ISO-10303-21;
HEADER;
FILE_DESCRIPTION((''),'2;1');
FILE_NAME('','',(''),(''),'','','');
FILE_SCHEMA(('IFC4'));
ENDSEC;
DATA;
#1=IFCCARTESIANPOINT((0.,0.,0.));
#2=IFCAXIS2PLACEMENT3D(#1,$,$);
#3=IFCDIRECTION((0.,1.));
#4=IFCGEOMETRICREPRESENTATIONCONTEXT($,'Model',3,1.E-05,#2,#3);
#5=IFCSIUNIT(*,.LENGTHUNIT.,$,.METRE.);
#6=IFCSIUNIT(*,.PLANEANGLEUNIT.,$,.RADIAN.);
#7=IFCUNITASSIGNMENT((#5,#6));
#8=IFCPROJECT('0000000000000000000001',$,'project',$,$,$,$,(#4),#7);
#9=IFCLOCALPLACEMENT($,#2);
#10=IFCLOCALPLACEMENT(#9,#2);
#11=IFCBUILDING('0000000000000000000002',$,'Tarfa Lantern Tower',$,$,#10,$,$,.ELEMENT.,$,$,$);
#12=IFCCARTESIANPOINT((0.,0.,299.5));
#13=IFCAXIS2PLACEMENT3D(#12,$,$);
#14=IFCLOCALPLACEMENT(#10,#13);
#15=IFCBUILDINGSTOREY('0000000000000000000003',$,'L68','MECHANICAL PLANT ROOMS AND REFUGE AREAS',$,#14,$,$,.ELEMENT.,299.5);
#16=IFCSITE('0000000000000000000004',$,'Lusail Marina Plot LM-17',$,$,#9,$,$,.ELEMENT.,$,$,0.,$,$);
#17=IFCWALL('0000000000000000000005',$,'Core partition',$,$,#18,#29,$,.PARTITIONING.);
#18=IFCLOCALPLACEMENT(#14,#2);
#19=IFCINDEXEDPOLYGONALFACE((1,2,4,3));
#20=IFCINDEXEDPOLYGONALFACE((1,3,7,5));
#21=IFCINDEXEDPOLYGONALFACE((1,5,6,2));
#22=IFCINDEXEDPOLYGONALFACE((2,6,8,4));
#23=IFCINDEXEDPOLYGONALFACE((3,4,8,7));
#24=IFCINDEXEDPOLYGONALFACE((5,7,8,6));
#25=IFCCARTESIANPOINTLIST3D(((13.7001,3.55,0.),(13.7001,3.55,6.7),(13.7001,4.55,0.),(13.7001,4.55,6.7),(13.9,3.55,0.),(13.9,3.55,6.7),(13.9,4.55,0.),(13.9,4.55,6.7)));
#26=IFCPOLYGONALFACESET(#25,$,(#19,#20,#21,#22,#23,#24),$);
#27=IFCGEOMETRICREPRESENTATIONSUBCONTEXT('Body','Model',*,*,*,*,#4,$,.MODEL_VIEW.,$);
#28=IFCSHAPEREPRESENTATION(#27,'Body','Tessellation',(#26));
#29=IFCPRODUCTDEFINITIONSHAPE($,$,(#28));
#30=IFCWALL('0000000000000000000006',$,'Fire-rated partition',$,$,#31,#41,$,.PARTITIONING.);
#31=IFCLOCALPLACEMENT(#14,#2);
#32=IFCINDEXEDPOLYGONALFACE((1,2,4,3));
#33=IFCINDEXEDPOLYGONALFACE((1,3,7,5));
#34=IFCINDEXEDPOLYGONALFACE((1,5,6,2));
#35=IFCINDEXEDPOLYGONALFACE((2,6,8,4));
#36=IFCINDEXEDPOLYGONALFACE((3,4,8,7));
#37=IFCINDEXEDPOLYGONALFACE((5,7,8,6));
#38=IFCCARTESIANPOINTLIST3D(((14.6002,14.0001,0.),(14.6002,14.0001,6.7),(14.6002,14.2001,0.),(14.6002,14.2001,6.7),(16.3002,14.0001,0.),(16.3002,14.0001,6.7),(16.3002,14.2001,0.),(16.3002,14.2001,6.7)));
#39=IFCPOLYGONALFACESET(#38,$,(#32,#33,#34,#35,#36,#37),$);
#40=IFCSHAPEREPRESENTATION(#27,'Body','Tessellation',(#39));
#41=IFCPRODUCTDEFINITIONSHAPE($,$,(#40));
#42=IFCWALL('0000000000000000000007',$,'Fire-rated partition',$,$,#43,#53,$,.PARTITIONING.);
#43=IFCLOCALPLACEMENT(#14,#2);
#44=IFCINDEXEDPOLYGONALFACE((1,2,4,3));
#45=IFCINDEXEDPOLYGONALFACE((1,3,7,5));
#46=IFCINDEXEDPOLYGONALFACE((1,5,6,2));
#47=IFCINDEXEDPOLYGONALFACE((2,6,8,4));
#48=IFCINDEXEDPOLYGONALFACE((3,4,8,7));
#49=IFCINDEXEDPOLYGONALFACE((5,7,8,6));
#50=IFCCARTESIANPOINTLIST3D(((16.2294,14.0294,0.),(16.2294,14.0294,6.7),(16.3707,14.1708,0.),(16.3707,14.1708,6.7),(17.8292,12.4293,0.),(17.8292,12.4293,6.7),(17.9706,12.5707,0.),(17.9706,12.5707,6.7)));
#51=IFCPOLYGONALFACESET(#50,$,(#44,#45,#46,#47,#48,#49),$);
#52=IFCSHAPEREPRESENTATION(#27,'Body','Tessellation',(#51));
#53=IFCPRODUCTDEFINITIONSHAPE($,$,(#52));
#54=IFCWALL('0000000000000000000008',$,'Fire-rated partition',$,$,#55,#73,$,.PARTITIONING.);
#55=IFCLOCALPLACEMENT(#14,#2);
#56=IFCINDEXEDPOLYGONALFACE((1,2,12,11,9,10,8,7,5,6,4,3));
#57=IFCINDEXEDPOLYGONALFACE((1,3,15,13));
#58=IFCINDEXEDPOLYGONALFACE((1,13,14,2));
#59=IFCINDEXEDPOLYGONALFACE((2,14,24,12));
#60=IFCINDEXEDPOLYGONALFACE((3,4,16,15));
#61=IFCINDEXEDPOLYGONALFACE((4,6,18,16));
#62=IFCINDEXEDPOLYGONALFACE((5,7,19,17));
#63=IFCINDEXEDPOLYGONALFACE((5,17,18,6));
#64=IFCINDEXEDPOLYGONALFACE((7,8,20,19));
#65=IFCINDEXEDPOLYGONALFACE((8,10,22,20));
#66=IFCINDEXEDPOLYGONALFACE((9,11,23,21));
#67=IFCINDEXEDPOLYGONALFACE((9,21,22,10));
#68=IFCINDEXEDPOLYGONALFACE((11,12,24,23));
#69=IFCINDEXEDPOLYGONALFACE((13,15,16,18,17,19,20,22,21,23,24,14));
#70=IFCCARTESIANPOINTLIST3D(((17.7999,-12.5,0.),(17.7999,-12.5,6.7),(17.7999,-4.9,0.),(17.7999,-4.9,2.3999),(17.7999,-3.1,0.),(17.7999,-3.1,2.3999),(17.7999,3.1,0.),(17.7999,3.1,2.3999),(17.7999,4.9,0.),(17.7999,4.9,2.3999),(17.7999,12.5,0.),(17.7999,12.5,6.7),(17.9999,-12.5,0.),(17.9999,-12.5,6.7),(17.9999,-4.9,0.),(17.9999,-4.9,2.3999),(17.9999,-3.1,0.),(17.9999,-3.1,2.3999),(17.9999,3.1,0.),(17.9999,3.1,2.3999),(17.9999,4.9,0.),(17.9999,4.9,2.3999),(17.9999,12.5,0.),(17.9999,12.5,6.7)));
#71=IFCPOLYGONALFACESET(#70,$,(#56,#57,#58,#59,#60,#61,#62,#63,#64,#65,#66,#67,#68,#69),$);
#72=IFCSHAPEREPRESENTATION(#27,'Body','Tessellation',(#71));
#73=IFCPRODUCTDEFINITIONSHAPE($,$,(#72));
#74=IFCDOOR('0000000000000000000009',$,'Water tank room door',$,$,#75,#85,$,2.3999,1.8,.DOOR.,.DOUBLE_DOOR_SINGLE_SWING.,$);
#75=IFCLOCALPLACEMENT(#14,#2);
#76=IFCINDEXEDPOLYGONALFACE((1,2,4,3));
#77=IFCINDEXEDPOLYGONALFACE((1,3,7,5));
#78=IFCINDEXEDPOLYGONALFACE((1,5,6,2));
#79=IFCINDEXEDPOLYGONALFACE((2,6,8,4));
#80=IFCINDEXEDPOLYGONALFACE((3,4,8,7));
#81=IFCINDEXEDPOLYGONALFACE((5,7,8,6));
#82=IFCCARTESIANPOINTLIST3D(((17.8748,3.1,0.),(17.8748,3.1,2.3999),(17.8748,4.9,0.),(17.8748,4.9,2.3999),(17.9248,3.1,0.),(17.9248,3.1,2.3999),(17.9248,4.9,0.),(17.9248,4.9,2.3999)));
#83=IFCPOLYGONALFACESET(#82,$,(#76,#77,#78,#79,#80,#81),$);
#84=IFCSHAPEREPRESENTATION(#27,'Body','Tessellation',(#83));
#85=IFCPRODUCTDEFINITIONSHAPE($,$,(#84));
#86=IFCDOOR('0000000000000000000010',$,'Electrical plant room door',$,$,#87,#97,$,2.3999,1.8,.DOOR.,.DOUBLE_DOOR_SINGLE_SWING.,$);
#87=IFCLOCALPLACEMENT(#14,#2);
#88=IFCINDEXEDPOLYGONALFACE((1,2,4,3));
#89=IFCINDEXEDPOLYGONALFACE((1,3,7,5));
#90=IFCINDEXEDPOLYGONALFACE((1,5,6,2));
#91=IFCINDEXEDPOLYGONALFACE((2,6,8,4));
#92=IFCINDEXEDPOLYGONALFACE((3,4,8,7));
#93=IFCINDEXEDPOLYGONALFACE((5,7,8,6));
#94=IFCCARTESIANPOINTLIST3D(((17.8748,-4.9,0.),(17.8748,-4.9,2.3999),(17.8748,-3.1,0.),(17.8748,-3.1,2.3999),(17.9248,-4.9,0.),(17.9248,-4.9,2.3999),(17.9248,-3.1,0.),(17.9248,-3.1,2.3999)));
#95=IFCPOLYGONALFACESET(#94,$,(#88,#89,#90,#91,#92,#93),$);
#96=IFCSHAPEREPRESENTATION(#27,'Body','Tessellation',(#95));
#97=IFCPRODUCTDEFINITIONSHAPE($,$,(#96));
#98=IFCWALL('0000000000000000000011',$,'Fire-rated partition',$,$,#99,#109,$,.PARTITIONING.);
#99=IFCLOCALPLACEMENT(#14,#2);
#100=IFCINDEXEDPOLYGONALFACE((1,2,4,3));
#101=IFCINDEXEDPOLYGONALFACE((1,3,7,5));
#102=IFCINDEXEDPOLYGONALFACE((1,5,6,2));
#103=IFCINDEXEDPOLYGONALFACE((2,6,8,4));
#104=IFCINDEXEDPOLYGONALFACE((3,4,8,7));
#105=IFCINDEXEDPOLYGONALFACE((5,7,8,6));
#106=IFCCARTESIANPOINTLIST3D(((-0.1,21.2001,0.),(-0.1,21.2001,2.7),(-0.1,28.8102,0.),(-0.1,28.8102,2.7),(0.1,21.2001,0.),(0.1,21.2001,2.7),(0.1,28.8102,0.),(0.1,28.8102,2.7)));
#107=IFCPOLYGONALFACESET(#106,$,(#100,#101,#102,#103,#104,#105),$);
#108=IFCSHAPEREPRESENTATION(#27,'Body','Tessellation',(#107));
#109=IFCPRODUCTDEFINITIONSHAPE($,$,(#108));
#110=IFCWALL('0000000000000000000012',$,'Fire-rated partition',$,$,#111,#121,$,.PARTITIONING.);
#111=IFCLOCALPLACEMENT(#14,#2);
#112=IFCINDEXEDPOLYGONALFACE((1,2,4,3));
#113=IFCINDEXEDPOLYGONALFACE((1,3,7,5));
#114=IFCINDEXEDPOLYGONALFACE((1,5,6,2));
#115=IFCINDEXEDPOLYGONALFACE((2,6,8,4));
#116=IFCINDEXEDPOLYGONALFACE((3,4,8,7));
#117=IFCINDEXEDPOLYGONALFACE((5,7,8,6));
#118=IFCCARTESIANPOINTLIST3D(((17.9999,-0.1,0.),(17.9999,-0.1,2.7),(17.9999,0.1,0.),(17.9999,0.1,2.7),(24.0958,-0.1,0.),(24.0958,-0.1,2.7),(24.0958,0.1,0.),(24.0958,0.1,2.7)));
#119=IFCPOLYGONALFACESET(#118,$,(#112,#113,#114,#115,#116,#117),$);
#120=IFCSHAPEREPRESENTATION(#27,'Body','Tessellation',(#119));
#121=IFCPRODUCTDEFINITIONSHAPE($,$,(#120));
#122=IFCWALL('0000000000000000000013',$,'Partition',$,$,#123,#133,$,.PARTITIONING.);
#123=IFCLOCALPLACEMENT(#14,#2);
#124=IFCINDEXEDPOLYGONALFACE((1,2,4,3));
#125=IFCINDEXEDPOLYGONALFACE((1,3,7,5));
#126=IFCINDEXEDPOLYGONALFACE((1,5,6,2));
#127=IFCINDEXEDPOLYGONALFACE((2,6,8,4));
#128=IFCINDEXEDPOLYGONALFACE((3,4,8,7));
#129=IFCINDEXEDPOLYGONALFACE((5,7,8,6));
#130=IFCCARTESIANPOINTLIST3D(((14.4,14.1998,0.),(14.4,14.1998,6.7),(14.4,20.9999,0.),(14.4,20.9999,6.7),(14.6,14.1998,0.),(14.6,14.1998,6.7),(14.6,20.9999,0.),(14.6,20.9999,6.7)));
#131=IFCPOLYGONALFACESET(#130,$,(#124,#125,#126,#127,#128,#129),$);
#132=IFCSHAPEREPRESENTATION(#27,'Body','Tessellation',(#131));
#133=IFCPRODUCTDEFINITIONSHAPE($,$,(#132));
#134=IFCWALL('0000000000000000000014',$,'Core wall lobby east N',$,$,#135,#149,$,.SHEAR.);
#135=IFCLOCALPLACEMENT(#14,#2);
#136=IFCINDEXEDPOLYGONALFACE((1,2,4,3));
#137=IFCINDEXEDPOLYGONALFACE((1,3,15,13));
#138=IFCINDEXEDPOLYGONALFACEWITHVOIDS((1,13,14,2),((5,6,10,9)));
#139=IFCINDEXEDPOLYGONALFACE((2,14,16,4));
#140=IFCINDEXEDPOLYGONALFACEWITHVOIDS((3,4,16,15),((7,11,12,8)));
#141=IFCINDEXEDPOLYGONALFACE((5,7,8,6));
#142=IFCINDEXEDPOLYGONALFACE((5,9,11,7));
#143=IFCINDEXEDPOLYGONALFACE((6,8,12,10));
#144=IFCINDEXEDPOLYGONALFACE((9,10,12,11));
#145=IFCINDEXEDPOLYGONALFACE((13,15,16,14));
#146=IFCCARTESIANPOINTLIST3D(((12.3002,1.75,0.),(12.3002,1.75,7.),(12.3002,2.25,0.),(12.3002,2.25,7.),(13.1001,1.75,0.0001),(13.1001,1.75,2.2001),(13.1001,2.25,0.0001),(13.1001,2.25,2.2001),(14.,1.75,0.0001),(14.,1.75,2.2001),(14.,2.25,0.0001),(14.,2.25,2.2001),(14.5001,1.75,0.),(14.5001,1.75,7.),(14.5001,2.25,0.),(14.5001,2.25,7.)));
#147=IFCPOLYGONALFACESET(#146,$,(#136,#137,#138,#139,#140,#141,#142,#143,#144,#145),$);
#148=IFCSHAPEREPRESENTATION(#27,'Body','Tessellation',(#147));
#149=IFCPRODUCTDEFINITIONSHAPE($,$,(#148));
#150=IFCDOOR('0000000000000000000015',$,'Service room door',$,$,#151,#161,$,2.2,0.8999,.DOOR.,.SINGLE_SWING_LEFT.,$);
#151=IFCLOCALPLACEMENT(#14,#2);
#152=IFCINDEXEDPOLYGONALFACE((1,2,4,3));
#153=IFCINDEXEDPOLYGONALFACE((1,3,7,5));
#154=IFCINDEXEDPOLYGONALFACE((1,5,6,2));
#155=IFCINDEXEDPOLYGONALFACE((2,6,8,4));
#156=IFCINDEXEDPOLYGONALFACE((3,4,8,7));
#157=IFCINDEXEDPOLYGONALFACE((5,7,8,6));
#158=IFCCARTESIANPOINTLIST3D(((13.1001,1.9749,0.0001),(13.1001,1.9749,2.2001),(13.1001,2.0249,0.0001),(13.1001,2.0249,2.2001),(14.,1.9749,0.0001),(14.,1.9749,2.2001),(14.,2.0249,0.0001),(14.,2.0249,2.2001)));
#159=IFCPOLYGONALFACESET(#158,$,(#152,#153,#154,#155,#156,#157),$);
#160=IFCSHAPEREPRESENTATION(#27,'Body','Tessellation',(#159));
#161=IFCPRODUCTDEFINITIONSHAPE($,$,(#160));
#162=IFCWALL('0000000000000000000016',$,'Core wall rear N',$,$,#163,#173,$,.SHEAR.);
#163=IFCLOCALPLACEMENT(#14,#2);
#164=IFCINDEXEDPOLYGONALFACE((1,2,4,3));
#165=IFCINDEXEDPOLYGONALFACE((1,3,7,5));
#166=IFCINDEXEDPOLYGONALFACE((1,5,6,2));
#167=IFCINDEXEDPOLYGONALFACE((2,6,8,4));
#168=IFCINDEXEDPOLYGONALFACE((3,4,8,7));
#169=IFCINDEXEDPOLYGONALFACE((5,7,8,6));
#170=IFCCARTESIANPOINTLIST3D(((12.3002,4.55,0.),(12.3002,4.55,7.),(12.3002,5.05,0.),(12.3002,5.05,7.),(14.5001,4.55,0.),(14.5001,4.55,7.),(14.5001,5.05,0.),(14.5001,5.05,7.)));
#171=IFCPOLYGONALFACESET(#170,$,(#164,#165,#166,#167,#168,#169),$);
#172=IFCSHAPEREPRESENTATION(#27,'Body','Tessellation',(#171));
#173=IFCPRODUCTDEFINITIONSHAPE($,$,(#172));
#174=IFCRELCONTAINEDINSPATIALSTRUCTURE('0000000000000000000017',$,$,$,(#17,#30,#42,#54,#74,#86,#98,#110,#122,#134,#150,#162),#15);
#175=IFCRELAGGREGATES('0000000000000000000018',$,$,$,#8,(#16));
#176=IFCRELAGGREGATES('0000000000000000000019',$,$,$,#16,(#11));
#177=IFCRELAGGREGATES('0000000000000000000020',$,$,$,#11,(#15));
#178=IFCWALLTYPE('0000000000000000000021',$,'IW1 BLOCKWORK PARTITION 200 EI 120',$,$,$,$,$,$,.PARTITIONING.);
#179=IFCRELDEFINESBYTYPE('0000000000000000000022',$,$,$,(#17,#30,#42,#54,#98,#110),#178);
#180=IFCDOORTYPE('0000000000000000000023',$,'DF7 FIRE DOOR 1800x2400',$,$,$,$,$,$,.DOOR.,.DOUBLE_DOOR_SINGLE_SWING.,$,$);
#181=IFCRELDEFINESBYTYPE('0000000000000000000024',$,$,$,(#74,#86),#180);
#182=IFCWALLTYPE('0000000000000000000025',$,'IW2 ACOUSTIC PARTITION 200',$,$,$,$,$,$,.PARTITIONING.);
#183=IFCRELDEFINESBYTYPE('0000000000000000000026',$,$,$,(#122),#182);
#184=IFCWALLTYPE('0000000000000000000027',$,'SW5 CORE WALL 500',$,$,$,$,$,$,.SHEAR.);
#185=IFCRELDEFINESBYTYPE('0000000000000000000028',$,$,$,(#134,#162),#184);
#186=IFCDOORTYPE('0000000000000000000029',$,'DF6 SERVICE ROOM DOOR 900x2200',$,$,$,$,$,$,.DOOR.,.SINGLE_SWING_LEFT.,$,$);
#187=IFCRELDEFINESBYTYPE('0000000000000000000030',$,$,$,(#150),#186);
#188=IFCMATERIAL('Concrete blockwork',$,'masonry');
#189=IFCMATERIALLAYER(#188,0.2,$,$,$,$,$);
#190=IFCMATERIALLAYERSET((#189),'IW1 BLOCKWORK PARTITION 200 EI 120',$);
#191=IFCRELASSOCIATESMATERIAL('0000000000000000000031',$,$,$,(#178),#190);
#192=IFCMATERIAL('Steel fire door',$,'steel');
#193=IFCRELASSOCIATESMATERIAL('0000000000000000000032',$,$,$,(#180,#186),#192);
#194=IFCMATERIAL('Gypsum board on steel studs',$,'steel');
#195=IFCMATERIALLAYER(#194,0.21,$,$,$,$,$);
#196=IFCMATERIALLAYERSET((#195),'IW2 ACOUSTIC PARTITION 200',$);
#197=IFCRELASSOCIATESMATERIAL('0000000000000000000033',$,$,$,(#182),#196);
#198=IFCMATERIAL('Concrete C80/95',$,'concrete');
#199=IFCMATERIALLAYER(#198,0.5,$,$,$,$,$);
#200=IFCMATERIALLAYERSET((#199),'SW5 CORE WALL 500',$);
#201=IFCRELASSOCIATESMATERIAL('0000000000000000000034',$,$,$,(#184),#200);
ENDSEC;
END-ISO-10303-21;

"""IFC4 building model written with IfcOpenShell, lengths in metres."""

from ifc_helpers import new_model, si_unit, direction, frame, frame_2d, origin, place, context, subcontext, project, spatial, rectangle, extrude, material, layer, layer_set, type_object, element, fill, save


model = new_model("IFC4")

# Units and contexts
model_context = context("Model", 3, precision=1e-05, world=origin(), true_north=direction((0.0, 1.0)))
body_context = subcontext(model_context, "Body", "Model", "MODEL_VIEW")
ifc_project = project(units=[si_unit("LENGTHUNIT", "METRE"), si_unit("PLANEANGLEUNIT", "RADIAN")], contexts=[model_context])

# Site, building, storey
site_placement = place(None, origin())
site = spatial("IfcSite", under=ifc_project, at=site_placement, Name="Lusail Marina Plot LM-17", CompositionType="ELEMENT", RefElevation=0.0)
building_placement = place(site_placement, origin())
building = spatial("IfcBuilding", under=site, at=building_placement, Name="Tarfa Lantern Tower", CompositionType="ELEMENT")
storey_placement = place(building_placement, frame((0.0, 0.0, 299.5)))
storey = spatial("IfcBuildingStorey", under=building, at=storey_placement, Name="L68", Description="MECHANICAL PLANT ROOMS AND REFUGE AREAS", CompositionType="ELEMENT", Elevation=299.5)

# Shared definitions
ifc_material_1 = material(Name="Concrete C80/95", Category="concrete")

# Walls
ifc_material_2 = material(Name="Concrete blockwork", Category="masonry")
ifc_layer_1 = layer(ifc_material_2, 0.2)
ifc_layer_set_1 = layer_set([ifc_layer_1], Name="IW1 BLOCKWORK PARTITION 200 EI 120")
wall_type_1 = type_object("IfcWallType", Name="IW1 BLOCKWORK PARTITION 200 EI 120", PredefinedType="PARTITIONING", material=ifc_layer_set_1)
for number, where, z_axis, x_axis, name in (
    (1, (13.8, 3.55, 0.0), (0.0, 0.0, 1.0), (0.0, 1.0, 0.0), "Core partition"),
):
    element("IfcWall", number, at=place(storey_placement, frame(where, z_axis=z_axis, x_axis=x_axis)), inside=storey, type_object=wall_type_1, Name=name, PredefinedType="PARTITIONING", context=body_context, shape_type="SweptSolid", body=[
        extrude(rectangle(XDim=1.0, YDim=0.2, at=frame_2d((0.5, 0.0))), origin(), (0.0, 0.0, 1.0), 6.7),
    ])
wall_1_placement = place(storey_placement, frame((14.6001, 14.1001, 0.0), z_axis=(0.0, 0.0, 1.0), x_axis=(1.0, 0.0, 0.0)))
element("IfcWall", 2, at=wall_1_placement, inside=storey, type_object=wall_type_1, Name="Fire-rated partition", PredefinedType="PARTITIONING", context=body_context, shape_type="SweptSolid", body=[
    extrude(rectangle(XDim=1.7, YDim=0.2, at=frame_2d((0.8501, 0.0))), origin(), (0.0, 0.0, 1.0), 6.7),
])
wall_2_placement = place(storey_placement, frame((16.3, 14.1001, 0.0), z_axis=(0.0, 0.0, 1.0), x_axis=(0.707053, -0.707161, 0.0)))
element("IfcWall", 3, at=wall_2_placement, inside=storey, type_object=wall_type_1, Name="Fire-rated partition", PredefinedType="PARTITIONING", context=body_context, shape_type="SweptSolid", body=[
    extrude(rectangle(XDim=2.2627, YDim=0.2, at=frame_2d((1.1313, 0.0))), origin(), (0.0, 0.0, 1.0), 6.7),
])

# Wall, openings, doors
wall_3_placement = place(storey_placement, frame((17.8999, 12.5, 0.0), z_axis=(0.0, 0.0, 1.0), x_axis=(0.0, -1.0, 0.0)))
wall_3 = element("IfcWall", 4, at=wall_3_placement, inside=storey, type_object=wall_type_1, Name="Fire-rated partition", PredefinedType="PARTITIONING", context=body_context, shape_type="SweptSolid", body=[
    extrude(rectangle(XDim=25.0, YDim=0.2, at=frame_2d((12.5, 0.0))), origin(), (0.0, 0.0, 1.0), 6.7),
])
opening_1_placement = place(wall_3_placement, frame((7.6001, 0.0, 0.0)))
opening_1 = element("IfcOpeningElement", 5, at=opening_1_placement, cuts=wall_3, PredefinedType="OPENING", context=body_context, shape_type="SweptSolid", body=[
    extrude(rectangle(XDim=1.8, YDim=2.3999, at=frame_2d((0.8999, 1.2))), frame((0.0, 0.1099, 0.0), z_axis=(0.0, -1.0, 0.0), x_axis=(1.0, 0.0, 0.0)), (0.0, 0.0, 1.0), 0.22),
])
opening_2_placement = place(wall_3_placement, frame((15.6001, 0.0, 0.0)))
opening_2 = element("IfcOpeningElement", 6, at=opening_2_placement, cuts=wall_3, PredefinedType="OPENING", context=body_context, shape_type="SweptSolid", body=[
    extrude(rectangle(XDim=1.8, YDim=2.3999, at=frame_2d((0.8999, 1.2))), frame((0.0, 0.1099, 0.0), z_axis=(0.0, -1.0, 0.0), x_axis=(1.0, 0.0, 0.0)), (0.0, 0.0, 1.0), 0.22),
])
ifc_material_3 = material(Name="Steel fire door", Category="steel")
door_type_1 = type_object("IfcDoorType", Name="DF7 FIRE DOOR 1800x2400", OperationType="DOUBLE_DOOR_SINGLE_SWING", PredefinedType="DOOR", material=ifc_material_3)
door_1_placement = place(opening_1_placement, origin())
door_1 = element("IfcDoor", 7, at=door_1_placement, inside=storey, type_object=door_type_1, Name="Water tank room door", OperationType="DOUBLE_DOOR_SINGLE_SWING", OverallHeight=2.3999, OverallWidth=1.8, PredefinedType="DOOR", context=body_context, shape_type="SweptSolid", body=[
    extrude(rectangle(XDim=1.8, YDim=2.3999, at=frame_2d((0.8999, 1.2))), frame((0.0, 0.0249, 0.0), z_axis=(0.0, -1.0, 0.0), x_axis=(1.0, 0.0, 0.0)), (0.0, 0.0, 1.0), 0.05),
])
fill(opening_1, door_1)
door_2_placement = place(opening_2_placement, origin())
door_2 = element("IfcDoor", 8, at=door_2_placement, inside=storey, type_object=door_type_1, Name="Electrical plant room door", OperationType="DOUBLE_DOOR_SINGLE_SWING", OverallHeight=2.3999, OverallWidth=1.8, PredefinedType="DOOR", context=body_context, shape_type="SweptSolid", body=[
    extrude(rectangle(XDim=1.8, YDim=2.3999, at=frame_2d((0.8999, 1.2))), frame((0.0, 0.0249, 0.0), z_axis=(0.0, -1.0, 0.0), x_axis=(1.0, 0.0, 0.0)), (0.0, 0.0, 1.0), 0.05),
])
fill(opening_2, door_2)

# Walls
wall_4_placement = place(storey_placement, frame((0.0, 21.2, 0.0), z_axis=(0.0, 0.0, 1.0), x_axis=(0.0, 1.0, 0.0)))
element("IfcWall", 9, at=wall_4_placement, inside=storey, type_object=wall_type_1, Name="Fire-rated partition", PredefinedType="PARTITIONING", context=body_context, shape_type="SweptSolid", body=[
    extrude(rectangle(XDim=7.6101, YDim=0.2, at=frame_2d((3.8052, 0.0))), origin(), (0.0, 0.0, 1.0), 2.7),
])
wall_5_placement = place(storey_placement, frame((18.0, 0.0, 0.0), z_axis=(0.0, 0.0, 1.0), x_axis=(1.0, 0.0, 0.0)))
element("IfcWall", 10, at=wall_5_placement, inside=storey, type_object=wall_type_1, Name="Fire-rated partition", PredefinedType="PARTITIONING", context=body_context, shape_type="SweptSolid", body=[
    extrude(rectangle(XDim=6.0959, YDim=0.2, at=frame_2d((3.0479, 0.0))), origin(), (0.0, 0.0, 1.0), 2.7),
])
ifc_material_4 = material(Name="Gypsum board on steel studs", Category="steel")
ifc_layer_2 = layer(ifc_material_4, 0.21)
ifc_layer_set_2 = layer_set([ifc_layer_2], Name="IW2 ACOUSTIC PARTITION 200")
wall_type_2 = type_object("IfcWallType", Name="IW2 ACOUSTIC PARTITION 200", PredefinedType="PARTITIONING", material=ifc_layer_set_2)
wall_6_placement = place(storey_placement, frame((14.5, 14.2, 0.0), z_axis=(0.0, 0.0, 1.0), x_axis=(0.0, 1.0, 0.0)))
element("IfcWall", 11, at=wall_6_placement, inside=storey, type_object=wall_type_2, Name="Partition", PredefinedType="PARTITIONING", context=body_context, shape_type="SweptSolid", body=[
    extrude(rectangle(XDim=6.8, YDim=0.2, at=frame_2d((3.3999, 0.0))), origin(), (0.0, 0.0, 1.0), 6.7),
])

# Wall, opening, door
ifc_layer_3 = layer(ifc_material_1, 0.5)
ifc_layer_set_3 = layer_set([ifc_layer_3], Name="SW5 CORE WALL 500")
wall_type_3 = type_object("IfcWallType", Name="SW5 CORE WALL 500", PredefinedType="SHEAR", material=ifc_layer_set_3)
wall_7_placement = place(storey_placement, frame((12.3, 2.0, 0.0), z_axis=(0.0, 0.0, 1.0), x_axis=(1.0, 0.0, 0.0)))
wall_7 = element("IfcWall", 12, at=wall_7_placement, inside=storey, type_object=wall_type_3, Name="Core wall lobby east N", PredefinedType="SHEAR", context=body_context, shape_type="SweptSolid", body=[
    extrude(rectangle(XDim=2.2, YDim=0.5, at=frame_2d((1.1001, 0.0))), origin(), (0.0, 0.0, 1.0), 7.0),
])
opening_3_placement = place(wall_7_placement, frame((0.8, 0.0, 0.0)))
opening_3 = element("IfcOpeningElement", 13, at=opening_3_placement, cuts=wall_7, PredefinedType="OPENING", context=body_context, shape_type="SweptSolid", body=[
    extrude(rectangle(XDim=0.8999, YDim=2.2, at=frame_2d((0.45, 1.1001))), frame((0.0, 0.26, 0.0), z_axis=(0.0, -1.0, 0.0), x_axis=(1.0, 0.0, 0.0)), (0.0, 0.0, 1.0), 0.52),
])
door_type_2 = type_object("IfcDoorType", Name="DF6 SERVICE ROOM DOOR 900x2200", OperationType="SINGLE_SWING_LEFT", PredefinedType="DOOR", material=ifc_material_3)
door_3_placement = place(opening_3_placement, origin())
door_3 = element("IfcDoor", 14, at=door_3_placement, inside=storey, type_object=door_type_2, Name="Service room door", OperationType="SINGLE_SWING_LEFT", OverallHeight=2.2, OverallWidth=0.8999, PredefinedType="DOOR", context=body_context, shape_type="SweptSolid", body=[
    extrude(rectangle(XDim=0.8999, YDim=2.2, at=frame_2d((0.45, 1.1001))), frame((0.0, 0.0249, 0.0), z_axis=(0.0, -1.0, 0.0), x_axis=(1.0, 0.0, 0.0)), (0.0, 0.0, 1.0), 0.05),
])
fill(opening_3, door_3)

# Wall
wall_8_placement = place(storey_placement, frame((12.3, 4.8, 0.0), z_axis=(0.0, 0.0, 1.0), x_axis=(1.0, 0.0, 0.0)))
element("IfcWall", 15, at=wall_8_placement, inside=storey, type_object=wall_type_3, Name="Core wall rear N", PredefinedType="SHEAR", context=body_context, shape_type="SweptSolid", body=[
    extrude(rectangle(XDim=2.2, YDim=0.5, at=frame_2d((1.1001, 0.0))), origin(), (0.0, 0.0, 1.0), 7.0),
])

save(model, "model.ifc")
